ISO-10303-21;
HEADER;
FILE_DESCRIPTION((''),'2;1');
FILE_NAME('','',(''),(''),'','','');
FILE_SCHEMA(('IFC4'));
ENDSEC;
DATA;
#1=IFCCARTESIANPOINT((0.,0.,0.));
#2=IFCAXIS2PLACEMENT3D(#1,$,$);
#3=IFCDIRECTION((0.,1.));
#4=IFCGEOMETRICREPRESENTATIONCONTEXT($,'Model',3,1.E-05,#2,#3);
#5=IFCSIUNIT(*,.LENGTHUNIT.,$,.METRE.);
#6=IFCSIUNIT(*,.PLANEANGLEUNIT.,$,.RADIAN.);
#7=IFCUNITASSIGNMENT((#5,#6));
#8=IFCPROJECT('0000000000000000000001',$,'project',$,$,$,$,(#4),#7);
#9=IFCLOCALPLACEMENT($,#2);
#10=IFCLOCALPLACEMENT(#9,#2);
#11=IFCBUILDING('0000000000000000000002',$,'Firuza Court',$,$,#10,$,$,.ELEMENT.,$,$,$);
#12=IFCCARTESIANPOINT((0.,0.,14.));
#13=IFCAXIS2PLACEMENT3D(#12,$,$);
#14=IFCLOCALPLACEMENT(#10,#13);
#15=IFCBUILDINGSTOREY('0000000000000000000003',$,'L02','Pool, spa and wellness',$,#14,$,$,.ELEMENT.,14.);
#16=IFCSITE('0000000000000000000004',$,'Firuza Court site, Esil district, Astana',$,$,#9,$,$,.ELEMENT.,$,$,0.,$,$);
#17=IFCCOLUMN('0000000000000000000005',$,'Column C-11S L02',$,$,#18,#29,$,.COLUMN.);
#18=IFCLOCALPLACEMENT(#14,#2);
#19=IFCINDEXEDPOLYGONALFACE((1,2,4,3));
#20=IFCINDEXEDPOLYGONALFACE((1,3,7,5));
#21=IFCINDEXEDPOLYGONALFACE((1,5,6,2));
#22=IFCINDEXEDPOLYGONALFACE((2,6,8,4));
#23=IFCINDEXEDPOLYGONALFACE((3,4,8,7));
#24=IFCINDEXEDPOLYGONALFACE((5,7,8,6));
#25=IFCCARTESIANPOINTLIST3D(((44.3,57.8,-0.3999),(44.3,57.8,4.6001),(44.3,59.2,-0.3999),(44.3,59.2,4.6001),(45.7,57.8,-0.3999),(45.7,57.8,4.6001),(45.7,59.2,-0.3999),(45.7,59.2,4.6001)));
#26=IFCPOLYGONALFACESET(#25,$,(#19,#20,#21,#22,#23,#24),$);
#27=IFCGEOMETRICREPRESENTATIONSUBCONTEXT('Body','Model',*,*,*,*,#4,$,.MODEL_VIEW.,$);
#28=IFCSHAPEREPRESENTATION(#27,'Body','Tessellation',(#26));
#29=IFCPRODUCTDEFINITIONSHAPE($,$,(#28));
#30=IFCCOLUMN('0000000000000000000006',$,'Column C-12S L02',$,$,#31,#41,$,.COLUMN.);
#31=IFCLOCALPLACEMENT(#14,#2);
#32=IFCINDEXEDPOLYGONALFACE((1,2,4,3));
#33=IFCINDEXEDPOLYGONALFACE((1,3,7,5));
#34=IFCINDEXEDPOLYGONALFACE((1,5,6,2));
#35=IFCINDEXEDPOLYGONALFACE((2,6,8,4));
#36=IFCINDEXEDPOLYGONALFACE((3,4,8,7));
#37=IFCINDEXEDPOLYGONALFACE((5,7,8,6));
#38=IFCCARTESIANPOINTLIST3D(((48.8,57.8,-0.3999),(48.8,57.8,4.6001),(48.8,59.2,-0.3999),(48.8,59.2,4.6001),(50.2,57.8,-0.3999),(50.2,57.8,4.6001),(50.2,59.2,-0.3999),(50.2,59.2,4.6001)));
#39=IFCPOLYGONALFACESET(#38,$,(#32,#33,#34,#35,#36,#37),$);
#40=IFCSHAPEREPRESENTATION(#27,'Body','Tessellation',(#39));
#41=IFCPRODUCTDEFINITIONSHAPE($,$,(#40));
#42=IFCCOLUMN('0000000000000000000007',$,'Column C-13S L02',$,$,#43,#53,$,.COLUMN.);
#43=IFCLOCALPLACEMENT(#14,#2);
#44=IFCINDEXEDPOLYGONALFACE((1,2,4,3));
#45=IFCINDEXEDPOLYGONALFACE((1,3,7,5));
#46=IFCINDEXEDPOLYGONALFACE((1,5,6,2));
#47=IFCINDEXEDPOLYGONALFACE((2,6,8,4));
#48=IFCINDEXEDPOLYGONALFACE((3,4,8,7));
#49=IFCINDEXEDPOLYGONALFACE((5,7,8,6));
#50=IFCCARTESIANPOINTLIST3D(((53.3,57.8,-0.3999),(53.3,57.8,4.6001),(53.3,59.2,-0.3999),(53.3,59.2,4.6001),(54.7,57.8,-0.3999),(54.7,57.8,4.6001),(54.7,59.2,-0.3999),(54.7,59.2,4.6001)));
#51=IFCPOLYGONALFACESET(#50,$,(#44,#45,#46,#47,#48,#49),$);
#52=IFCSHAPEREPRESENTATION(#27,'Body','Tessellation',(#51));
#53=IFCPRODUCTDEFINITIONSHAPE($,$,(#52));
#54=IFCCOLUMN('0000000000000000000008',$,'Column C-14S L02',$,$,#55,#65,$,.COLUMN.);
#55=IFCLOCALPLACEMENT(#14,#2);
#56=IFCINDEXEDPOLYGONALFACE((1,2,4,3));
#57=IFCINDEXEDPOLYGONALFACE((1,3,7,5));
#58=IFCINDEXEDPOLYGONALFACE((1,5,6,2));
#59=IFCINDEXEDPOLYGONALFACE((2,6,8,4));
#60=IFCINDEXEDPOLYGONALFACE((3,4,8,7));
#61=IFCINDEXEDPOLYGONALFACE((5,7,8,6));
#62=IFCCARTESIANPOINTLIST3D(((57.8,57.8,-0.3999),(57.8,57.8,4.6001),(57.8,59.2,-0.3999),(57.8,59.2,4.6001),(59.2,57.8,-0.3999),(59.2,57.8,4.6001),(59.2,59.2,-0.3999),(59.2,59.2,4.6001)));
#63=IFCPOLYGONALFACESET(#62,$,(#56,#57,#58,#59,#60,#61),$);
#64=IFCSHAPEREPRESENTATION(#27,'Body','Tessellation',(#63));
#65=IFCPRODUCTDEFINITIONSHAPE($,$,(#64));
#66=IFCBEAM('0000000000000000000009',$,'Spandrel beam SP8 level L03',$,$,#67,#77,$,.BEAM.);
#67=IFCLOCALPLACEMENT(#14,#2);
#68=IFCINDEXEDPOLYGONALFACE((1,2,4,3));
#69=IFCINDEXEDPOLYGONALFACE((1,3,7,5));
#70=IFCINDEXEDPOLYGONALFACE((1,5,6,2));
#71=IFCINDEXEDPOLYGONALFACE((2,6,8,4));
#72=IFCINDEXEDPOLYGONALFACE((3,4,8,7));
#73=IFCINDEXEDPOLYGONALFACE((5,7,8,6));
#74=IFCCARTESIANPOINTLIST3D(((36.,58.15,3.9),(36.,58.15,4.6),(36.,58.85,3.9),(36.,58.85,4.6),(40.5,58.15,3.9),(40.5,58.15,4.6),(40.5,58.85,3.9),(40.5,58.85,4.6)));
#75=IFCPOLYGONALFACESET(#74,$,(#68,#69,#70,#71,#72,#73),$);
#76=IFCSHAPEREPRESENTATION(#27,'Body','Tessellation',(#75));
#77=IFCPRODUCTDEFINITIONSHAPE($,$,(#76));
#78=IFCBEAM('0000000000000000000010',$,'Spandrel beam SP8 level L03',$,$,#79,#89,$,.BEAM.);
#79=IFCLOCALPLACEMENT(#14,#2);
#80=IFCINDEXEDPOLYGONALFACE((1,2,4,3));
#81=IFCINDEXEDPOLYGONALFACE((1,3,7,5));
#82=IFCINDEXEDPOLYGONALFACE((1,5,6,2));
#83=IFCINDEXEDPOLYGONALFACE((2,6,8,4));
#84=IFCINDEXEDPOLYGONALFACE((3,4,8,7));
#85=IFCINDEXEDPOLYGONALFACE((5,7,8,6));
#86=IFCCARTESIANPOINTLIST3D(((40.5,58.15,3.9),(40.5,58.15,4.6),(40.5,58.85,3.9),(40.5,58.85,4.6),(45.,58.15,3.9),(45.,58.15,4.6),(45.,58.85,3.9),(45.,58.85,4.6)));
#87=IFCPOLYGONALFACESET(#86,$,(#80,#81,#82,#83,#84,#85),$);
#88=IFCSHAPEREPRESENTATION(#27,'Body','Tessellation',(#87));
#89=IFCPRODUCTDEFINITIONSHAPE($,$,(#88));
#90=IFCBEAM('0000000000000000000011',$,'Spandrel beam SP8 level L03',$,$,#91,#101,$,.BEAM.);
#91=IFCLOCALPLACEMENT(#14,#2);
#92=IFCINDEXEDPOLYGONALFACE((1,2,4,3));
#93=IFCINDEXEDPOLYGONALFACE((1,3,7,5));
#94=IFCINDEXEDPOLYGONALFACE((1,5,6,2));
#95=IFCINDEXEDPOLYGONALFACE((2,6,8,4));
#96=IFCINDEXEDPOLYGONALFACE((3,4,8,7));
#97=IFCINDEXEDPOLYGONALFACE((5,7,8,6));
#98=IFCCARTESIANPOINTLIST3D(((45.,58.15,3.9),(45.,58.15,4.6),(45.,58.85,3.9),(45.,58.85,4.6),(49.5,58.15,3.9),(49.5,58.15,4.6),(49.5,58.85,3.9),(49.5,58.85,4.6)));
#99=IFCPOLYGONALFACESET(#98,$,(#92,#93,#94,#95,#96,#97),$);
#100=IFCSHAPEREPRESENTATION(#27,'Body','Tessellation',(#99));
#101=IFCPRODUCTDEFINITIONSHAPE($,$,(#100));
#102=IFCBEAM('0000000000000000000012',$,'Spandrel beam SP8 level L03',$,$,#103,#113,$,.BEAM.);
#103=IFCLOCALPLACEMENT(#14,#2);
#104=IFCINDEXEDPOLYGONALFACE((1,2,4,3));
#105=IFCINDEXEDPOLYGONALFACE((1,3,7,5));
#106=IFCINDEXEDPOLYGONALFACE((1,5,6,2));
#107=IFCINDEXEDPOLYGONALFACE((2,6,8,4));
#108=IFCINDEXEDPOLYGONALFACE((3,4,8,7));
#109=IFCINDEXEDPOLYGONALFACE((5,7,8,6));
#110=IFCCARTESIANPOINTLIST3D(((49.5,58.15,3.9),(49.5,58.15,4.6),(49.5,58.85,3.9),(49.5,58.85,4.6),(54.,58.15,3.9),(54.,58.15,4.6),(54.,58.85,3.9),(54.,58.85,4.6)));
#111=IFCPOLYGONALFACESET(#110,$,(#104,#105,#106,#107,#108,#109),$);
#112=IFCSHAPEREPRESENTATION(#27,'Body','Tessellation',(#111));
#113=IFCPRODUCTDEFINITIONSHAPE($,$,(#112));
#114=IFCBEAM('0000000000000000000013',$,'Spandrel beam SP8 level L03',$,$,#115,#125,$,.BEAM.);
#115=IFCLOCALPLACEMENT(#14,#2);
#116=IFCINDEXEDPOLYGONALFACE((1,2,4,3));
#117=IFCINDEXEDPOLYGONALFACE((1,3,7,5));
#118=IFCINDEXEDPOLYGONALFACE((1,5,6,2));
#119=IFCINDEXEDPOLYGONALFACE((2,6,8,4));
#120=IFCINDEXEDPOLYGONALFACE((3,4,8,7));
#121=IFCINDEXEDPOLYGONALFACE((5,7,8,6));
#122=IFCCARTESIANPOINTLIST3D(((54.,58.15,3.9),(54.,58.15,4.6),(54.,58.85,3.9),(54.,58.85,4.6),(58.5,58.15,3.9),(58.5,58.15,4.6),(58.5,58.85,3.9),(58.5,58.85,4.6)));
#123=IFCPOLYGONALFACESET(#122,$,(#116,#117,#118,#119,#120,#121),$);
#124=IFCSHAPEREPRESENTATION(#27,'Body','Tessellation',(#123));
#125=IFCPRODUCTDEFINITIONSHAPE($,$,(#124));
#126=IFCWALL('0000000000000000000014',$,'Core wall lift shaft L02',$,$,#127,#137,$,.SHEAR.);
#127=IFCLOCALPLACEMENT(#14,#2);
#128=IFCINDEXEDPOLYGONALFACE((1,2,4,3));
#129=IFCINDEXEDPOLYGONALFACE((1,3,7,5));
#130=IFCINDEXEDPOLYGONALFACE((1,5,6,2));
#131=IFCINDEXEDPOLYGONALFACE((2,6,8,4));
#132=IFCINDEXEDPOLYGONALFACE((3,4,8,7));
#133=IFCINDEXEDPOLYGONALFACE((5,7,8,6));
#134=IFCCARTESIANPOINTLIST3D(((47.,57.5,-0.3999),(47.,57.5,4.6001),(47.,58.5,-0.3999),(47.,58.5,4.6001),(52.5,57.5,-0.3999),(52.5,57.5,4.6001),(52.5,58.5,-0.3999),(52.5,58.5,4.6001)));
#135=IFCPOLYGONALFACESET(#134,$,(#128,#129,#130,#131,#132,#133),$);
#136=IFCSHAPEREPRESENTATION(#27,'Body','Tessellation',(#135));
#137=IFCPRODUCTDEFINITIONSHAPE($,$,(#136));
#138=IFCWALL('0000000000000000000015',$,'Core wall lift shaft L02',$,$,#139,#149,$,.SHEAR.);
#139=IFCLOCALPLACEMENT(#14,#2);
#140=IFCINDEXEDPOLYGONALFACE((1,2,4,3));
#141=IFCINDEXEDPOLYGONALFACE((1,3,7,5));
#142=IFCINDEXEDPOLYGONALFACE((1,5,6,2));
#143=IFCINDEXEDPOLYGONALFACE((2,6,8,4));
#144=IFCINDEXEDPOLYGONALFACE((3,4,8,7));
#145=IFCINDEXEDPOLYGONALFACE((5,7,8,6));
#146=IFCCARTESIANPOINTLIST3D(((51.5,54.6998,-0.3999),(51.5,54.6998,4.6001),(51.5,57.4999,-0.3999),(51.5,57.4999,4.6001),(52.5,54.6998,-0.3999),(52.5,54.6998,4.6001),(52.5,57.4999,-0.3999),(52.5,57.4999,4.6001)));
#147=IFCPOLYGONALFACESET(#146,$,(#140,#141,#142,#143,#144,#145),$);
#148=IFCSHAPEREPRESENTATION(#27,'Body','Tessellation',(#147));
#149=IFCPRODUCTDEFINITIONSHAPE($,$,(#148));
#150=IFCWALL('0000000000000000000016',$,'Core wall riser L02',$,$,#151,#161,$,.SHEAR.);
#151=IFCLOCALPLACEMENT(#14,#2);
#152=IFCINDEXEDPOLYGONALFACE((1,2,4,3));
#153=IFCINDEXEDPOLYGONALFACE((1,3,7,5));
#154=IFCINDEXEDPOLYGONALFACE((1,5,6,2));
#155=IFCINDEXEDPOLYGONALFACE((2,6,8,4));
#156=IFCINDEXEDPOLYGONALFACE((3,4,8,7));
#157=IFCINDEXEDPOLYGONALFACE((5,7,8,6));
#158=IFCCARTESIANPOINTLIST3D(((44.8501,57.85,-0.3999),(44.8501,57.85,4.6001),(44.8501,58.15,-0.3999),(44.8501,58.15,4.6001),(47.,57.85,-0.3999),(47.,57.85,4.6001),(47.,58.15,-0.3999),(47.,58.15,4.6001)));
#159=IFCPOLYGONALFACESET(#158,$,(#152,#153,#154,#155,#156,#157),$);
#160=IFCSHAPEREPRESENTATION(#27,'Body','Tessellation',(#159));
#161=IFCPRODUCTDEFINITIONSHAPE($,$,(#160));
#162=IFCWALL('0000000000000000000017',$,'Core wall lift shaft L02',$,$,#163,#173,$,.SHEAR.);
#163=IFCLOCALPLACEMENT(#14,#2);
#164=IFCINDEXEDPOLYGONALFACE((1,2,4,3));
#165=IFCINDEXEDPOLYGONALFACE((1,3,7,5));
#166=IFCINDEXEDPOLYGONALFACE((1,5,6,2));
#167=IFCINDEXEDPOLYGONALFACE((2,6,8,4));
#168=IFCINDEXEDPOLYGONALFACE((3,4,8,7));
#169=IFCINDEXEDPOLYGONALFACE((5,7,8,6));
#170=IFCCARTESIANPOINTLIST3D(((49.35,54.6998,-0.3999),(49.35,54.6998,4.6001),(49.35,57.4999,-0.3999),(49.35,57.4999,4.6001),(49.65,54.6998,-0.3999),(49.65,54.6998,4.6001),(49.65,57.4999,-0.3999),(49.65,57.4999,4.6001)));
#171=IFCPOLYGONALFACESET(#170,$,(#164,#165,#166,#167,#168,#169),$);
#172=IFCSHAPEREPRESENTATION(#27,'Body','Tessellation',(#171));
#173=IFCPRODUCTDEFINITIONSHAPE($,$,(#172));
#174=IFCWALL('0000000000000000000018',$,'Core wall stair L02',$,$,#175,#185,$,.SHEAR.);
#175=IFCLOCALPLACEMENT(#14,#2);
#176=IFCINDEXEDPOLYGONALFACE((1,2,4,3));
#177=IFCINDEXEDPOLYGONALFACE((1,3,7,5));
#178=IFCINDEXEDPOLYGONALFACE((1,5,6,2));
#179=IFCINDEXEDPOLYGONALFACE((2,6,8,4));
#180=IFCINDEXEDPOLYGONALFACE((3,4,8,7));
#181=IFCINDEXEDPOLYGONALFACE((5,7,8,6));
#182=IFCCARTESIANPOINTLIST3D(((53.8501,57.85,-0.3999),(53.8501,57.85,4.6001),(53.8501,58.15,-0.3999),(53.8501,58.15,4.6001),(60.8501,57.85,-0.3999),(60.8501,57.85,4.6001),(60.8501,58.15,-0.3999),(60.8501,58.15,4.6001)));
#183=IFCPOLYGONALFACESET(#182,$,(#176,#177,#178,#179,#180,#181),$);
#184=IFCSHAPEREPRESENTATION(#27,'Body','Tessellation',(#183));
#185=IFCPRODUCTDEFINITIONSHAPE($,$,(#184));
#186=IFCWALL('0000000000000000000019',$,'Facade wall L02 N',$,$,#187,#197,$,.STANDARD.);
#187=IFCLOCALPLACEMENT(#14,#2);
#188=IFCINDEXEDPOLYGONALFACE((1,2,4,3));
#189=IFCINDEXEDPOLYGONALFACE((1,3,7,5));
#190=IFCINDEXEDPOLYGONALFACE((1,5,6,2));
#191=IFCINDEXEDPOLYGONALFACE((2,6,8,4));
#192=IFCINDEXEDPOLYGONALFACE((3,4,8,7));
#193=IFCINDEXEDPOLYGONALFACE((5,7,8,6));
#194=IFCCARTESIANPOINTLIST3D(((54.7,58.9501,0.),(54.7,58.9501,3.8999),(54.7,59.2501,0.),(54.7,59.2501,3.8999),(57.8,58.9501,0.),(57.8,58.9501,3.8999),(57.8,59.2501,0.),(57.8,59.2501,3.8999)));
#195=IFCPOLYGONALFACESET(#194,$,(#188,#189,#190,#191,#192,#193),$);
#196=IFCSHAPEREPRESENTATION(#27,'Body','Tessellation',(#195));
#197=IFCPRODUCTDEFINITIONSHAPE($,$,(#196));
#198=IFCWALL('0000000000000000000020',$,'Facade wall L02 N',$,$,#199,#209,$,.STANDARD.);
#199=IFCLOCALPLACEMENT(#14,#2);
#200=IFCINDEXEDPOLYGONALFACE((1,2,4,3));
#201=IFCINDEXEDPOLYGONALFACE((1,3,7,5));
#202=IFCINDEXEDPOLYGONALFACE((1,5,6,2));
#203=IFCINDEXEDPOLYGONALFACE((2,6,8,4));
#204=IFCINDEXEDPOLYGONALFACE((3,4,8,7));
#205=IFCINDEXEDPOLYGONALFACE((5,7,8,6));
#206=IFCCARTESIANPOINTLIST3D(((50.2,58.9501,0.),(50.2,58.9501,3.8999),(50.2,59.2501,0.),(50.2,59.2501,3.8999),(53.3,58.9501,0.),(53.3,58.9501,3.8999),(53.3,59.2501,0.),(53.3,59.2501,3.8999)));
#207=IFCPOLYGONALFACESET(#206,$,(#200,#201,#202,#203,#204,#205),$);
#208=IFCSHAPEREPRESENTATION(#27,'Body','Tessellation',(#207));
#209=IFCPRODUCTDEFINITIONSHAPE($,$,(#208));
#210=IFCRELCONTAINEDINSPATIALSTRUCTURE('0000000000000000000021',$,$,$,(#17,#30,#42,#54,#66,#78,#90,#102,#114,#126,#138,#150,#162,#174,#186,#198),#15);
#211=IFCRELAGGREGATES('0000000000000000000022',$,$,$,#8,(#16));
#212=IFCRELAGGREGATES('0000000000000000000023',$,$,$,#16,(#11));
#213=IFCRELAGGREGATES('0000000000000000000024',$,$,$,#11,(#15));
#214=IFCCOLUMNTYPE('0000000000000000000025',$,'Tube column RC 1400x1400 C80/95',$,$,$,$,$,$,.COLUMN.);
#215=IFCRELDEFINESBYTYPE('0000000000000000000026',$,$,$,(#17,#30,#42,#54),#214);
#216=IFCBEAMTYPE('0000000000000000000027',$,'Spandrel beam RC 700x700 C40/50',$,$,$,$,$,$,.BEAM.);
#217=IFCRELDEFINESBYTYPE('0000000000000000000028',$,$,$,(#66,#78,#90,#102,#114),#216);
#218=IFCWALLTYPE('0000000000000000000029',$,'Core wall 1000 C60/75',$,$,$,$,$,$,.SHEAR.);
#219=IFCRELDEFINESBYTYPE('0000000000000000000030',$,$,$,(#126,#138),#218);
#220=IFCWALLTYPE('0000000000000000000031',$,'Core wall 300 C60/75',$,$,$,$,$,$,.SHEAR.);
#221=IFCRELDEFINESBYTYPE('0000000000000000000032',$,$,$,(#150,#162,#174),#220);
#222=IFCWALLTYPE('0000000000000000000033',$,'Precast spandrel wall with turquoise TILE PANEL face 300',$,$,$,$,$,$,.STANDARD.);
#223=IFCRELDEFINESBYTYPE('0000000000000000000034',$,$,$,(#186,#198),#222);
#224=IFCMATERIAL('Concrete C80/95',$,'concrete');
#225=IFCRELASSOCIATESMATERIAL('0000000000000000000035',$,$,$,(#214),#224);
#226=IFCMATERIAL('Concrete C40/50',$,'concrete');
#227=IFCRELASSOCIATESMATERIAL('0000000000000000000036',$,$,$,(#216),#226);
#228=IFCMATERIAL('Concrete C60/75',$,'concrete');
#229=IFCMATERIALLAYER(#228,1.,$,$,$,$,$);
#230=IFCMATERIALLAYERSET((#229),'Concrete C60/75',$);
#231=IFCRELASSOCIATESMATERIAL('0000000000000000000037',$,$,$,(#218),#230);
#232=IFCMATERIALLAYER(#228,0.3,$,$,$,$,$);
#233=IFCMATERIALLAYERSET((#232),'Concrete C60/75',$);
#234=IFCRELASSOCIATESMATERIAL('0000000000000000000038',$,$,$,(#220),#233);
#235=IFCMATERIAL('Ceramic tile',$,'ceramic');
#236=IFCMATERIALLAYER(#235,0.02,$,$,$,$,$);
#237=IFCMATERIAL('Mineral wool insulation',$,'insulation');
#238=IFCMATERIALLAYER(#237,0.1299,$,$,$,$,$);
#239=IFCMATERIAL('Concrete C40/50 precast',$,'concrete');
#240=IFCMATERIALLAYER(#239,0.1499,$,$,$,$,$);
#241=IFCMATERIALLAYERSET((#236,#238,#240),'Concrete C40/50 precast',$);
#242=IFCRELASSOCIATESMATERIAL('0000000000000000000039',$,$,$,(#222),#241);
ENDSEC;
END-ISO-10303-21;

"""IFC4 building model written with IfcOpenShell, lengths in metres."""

from ifc_helpers import new_model, si_unit, direction, frame, frame_2d, origin, origin_2d, place, context, subcontext, project, spatial, rectangle, extrude, material, layer, layer_set, material_profile, profile_set, type_object, element, save


model = new_model("IFC4")

# Units and contexts
model_context = context("Model", 3, precision=1e-05, world=origin(), true_north=direction((0.0, 1.0)))
body_context = subcontext(model_context, "Body", "Model", "MODEL_VIEW")
ifc_project = project(units=[si_unit("LENGTHUNIT", "METRE"), si_unit("PLANEANGLEUNIT", "RADIAN")], contexts=[model_context])

# Site, building, storey
site_placement = place(None, origin())
site = spatial("IfcSite", under=ifc_project, at=site_placement, Name="Firuza Court site, Esil district, Astana", CompositionType="ELEMENT", RefElevation=0.0)
building_placement = place(site_placement, origin())
building = spatial("IfcBuilding", under=site, at=building_placement, Name="Firuza Court", CompositionType="ELEMENT")
storey_placement = place(building_placement, frame((0.0, 0.0, 14.0)))
storey = spatial("IfcBuildingStorey", under=building, at=storey_placement, Name="L02", Description="Pool, spa and wellness", CompositionType="ELEMENT", Elevation=14.0)

# Columns
ifc_material_1 = material(Name="Concrete C80/95", Category="concrete")
ifc_material_profile_1 = material_profile(ifc_material_1, rectangle(XDim=1.3999, YDim=1.3999, at=origin_2d()), Name="RC 1400x1400")
ifc_profile_set_1 = profile_set([ifc_material_profile_1], Name="Concrete C80/95")
column_type = type_object("IfcColumnType", Name="Tube column RC 1400x1400 C80/95", PredefinedType="COLUMN", material=ifc_profile_set_1)
for number, where, z_axis, x_axis, name in (
    (1, (45.0, 58.5, -0.3999), (0.0, 0.0, 1.0), (1.0, 0.0, 0.0), "Column C-11S L02"),
    (2, (49.5, 58.5, -0.3999), (0.0, 0.0, 1.0), (1.0, 0.0, 0.0), "Column C-12S L02"),
    (3, (54.0, 58.5, -0.3999), (0.0, 0.0, 1.0), (1.0, 0.0, 0.0), "Column C-13S L02"),
    (4, (58.5, 58.5, -0.3999), (0.0, 0.0, 1.0), (1.0, 0.0, 0.0), "Column C-14S L02"),
):
    element("IfcColumn", number, at=place(storey_placement, frame(where, z_axis=z_axis, x_axis=x_axis)), inside=storey, type_object=column_type, Name=name, PredefinedType="COLUMN", context=body_context, shape_type="SweptSolid", body=[
        extrude(rectangle(XDim=1.3999, YDim=1.3999, at=origin_2d()), origin(), (0.0, 0.0, 1.0), 5.0),
    ])

# Beams
ifc_material_2 = material(Name="Concrete C40/50", Category="concrete")
ifc_material_profile_2 = material_profile(ifc_material_2, rectangle(XDim=0.7, YDim=0.7, at=origin_2d()), Name="RC 700x700")
ifc_profile_set_2 = profile_set([ifc_material_profile_2], Name="Concrete C40/50")
beam_type = type_object("IfcBeamType", Name="Spandrel beam RC 700x700 C40/50", PredefinedType="BEAM", material=ifc_profile_set_2)
for number, where, z_axis, x_axis, name in (
    (5, (40.5, 58.5, 4.25), (-1.0, 0.0, 0.0), (0.0, -1.0, 0.0), "Spandrel beam SP8 level L03"),
    (6, (45.0, 58.5, 4.25), (-1.0, 0.0, 0.0), (0.0, -1.0, 0.0), "Spandrel beam SP8 level L03"),
    (7, (49.5, 58.5, 4.25), (-1.0, 0.0, 0.0), (0.0, -1.0, 0.0), "Spandrel beam SP8 level L03"),
    (8, (54.0, 58.5, 4.25), (-1.0, 0.0, 0.0), (0.0, -1.0, 0.0), "Spandrel beam SP8 level L03"),
    (9, (58.5, 58.5, 4.25), (-1.0, 0.0, 0.0), (0.0, -1.0, 0.0), "Spandrel beam SP8 level L03"),
):
    element("IfcBeam", number, at=place(storey_placement, frame(where, z_axis=z_axis, x_axis=x_axis)), inside=storey, type_object=beam_type, Name=name, PredefinedType="BEAM", context=body_context, shape_type="SweptSolid", body=[
        extrude(rectangle(XDim=0.7, YDim=0.7, at=origin_2d()), origin(), (0.0, 0.0, 1.0), 4.5),
    ])

# Walls
ifc_material_3 = material(Name="Concrete C60/75", Category="concrete")
ifc_layer_1 = layer(ifc_material_3, 1.0)
ifc_layer_set_1 = layer_set([ifc_layer_1], Name="Concrete C60/75")
wall_type_1 = type_object("IfcWallType", Name="Core wall 1000 C60/75", PredefinedType="SHEAR", material=ifc_layer_set_1)
wall_1_placement = place(storey_placement, frame((47.0, 58.0, -0.3999), z_axis=(0.0, 0.0, 1.0), x_axis=(1.0, 0.0, 0.0)))
element("IfcWall", 10, at=wall_1_placement, inside=storey, type_object=wall_type_1, Name="Core wall lift shaft L02", PredefinedType="SHEAR", context=body_context, shape_type="SweptSolid", body=[
    extrude(rectangle(XDim=5.5, YDim=1.0, at=frame_2d((2.75, 0.0))), origin(), (0.0, 0.0, 1.0), 5.0),
])
wall_2_placement = place(storey_placement, frame((52.0, 54.7, -0.3999), z_axis=(0.0, 0.0, 1.0), x_axis=(0.0, 1.0, 0.0)))
element("IfcWall", 11, at=wall_2_placement, inside=storey, type_object=wall_type_1, Name="Core wall lift shaft L02", PredefinedType="SHEAR", context=body_context, shape_type="SweptSolid", body=[
    extrude(rectangle(XDim=2.8, YDim=1.0, at=frame_2d((1.3999, 0.0))), origin(), (0.0, 0.0, 1.0), 5.0),
])
ifc_layer_2 = layer(ifc_material_3, 0.3)
ifc_layer_set_2 = layer_set([ifc_layer_2], Name="Concrete C60/75")
wall_type_2 = type_object("IfcWallType", Name="Core wall 300 C60/75", PredefinedType="SHEAR", material=ifc_layer_set_2)
wall_3_placement = place(storey_placement, frame((44.8501, 58.0, -0.3999), z_axis=(0.0, 0.0, 1.0), x_axis=(1.0, 0.0, 0.0)))
element("IfcWall", 12, at=wall_3_placement, inside=storey, type_object=wall_type_2, Name="Core wall riser L02", PredefinedType="SHEAR", context=body_context, shape_type="SweptSolid", body=[
    extrude(rectangle(XDim=2.1499, YDim=0.3, at=frame_2d((1.075, 0.0))), origin(), (0.0, 0.0, 1.0), 5.0),
])
wall_4_placement = place(storey_placement, frame((49.5, 54.7, -0.3999), z_axis=(0.0, 0.0, 1.0), x_axis=(0.0, 1.0, 0.0)))
element("IfcWall", 13, at=wall_4_placement, inside=storey, type_object=wall_type_2, Name="Core wall lift shaft L02", PredefinedType="SHEAR", context=body_context, shape_type="SweptSolid", body=[
    extrude(rectangle(XDim=2.8, YDim=0.3, at=frame_2d((1.3999, 0.0))), origin(), (0.0, 0.0, 1.0), 5.0),
])
wall_5_placement = place(storey_placement, frame((53.8501, 58.0, -0.3999), z_axis=(0.0, 0.0, 1.0), x_axis=(1.0, 0.0, 0.0)))
element("IfcWall", 14, at=wall_5_placement, inside=storey, type_object=wall_type_2, Name="Core wall stair L02", PredefinedType="SHEAR", context=body_context, shape_type="SweptSolid", body=[
    extrude(rectangle(XDim=7.0, YDim=0.3, at=frame_2d((3.5, 0.0))), origin(), (0.0, 0.0, 1.0), 5.0),
])
ifc_material_4 = material(Name="Ceramic tile", Category="ceramic")
ifc_layer_3 = layer(ifc_material_4, 0.02)
ifc_material_5 = material(Name="Mineral wool insulation", Category="insulation")
ifc_layer_4 = layer(ifc_material_5, 0.1299)
ifc_material_6 = material(Name="Concrete C40/50 precast", Category="concrete")
ifc_layer_5 = layer(ifc_material_6, 0.1499)
ifc_layer_set_3 = layer_set([ifc_layer_3, ifc_layer_4, ifc_layer_5], Name="Concrete C40/50 precast")
wall_type_3 = type_object("IfcWallType", Name="Precast spandrel wall with turquoise TILE PANEL face 300", PredefinedType="STANDARD", material=ifc_layer_set_3)
for number, where, z_axis, x_axis, name in (
    (15, (57.8, 59.1001, 0.0), (0.0, 0.0, 1.0), (-1.0, 0.0, 0.0), "Facade wall L02 N"),
    (16, (53.3, 59.1001, 0.0), (0.0, 0.0, 1.0), (-1.0, 0.0, 0.0), "Facade wall L02 N"),
):
    element("IfcWall", number, at=place(storey_placement, frame(where, z_axis=z_axis, x_axis=x_axis)), inside=storey, type_object=wall_type_3, Name=name, PredefinedType="STANDARD", context=body_context, shape_type="SweptSolid", body=[
        extrude(rectangle(XDim=3.1001, YDim=0.3, at=frame_2d((1.55, 0.0))), origin(), (0.0, 0.0, 1.0), 3.8999),
    ])

save(model, "model.ifc")
